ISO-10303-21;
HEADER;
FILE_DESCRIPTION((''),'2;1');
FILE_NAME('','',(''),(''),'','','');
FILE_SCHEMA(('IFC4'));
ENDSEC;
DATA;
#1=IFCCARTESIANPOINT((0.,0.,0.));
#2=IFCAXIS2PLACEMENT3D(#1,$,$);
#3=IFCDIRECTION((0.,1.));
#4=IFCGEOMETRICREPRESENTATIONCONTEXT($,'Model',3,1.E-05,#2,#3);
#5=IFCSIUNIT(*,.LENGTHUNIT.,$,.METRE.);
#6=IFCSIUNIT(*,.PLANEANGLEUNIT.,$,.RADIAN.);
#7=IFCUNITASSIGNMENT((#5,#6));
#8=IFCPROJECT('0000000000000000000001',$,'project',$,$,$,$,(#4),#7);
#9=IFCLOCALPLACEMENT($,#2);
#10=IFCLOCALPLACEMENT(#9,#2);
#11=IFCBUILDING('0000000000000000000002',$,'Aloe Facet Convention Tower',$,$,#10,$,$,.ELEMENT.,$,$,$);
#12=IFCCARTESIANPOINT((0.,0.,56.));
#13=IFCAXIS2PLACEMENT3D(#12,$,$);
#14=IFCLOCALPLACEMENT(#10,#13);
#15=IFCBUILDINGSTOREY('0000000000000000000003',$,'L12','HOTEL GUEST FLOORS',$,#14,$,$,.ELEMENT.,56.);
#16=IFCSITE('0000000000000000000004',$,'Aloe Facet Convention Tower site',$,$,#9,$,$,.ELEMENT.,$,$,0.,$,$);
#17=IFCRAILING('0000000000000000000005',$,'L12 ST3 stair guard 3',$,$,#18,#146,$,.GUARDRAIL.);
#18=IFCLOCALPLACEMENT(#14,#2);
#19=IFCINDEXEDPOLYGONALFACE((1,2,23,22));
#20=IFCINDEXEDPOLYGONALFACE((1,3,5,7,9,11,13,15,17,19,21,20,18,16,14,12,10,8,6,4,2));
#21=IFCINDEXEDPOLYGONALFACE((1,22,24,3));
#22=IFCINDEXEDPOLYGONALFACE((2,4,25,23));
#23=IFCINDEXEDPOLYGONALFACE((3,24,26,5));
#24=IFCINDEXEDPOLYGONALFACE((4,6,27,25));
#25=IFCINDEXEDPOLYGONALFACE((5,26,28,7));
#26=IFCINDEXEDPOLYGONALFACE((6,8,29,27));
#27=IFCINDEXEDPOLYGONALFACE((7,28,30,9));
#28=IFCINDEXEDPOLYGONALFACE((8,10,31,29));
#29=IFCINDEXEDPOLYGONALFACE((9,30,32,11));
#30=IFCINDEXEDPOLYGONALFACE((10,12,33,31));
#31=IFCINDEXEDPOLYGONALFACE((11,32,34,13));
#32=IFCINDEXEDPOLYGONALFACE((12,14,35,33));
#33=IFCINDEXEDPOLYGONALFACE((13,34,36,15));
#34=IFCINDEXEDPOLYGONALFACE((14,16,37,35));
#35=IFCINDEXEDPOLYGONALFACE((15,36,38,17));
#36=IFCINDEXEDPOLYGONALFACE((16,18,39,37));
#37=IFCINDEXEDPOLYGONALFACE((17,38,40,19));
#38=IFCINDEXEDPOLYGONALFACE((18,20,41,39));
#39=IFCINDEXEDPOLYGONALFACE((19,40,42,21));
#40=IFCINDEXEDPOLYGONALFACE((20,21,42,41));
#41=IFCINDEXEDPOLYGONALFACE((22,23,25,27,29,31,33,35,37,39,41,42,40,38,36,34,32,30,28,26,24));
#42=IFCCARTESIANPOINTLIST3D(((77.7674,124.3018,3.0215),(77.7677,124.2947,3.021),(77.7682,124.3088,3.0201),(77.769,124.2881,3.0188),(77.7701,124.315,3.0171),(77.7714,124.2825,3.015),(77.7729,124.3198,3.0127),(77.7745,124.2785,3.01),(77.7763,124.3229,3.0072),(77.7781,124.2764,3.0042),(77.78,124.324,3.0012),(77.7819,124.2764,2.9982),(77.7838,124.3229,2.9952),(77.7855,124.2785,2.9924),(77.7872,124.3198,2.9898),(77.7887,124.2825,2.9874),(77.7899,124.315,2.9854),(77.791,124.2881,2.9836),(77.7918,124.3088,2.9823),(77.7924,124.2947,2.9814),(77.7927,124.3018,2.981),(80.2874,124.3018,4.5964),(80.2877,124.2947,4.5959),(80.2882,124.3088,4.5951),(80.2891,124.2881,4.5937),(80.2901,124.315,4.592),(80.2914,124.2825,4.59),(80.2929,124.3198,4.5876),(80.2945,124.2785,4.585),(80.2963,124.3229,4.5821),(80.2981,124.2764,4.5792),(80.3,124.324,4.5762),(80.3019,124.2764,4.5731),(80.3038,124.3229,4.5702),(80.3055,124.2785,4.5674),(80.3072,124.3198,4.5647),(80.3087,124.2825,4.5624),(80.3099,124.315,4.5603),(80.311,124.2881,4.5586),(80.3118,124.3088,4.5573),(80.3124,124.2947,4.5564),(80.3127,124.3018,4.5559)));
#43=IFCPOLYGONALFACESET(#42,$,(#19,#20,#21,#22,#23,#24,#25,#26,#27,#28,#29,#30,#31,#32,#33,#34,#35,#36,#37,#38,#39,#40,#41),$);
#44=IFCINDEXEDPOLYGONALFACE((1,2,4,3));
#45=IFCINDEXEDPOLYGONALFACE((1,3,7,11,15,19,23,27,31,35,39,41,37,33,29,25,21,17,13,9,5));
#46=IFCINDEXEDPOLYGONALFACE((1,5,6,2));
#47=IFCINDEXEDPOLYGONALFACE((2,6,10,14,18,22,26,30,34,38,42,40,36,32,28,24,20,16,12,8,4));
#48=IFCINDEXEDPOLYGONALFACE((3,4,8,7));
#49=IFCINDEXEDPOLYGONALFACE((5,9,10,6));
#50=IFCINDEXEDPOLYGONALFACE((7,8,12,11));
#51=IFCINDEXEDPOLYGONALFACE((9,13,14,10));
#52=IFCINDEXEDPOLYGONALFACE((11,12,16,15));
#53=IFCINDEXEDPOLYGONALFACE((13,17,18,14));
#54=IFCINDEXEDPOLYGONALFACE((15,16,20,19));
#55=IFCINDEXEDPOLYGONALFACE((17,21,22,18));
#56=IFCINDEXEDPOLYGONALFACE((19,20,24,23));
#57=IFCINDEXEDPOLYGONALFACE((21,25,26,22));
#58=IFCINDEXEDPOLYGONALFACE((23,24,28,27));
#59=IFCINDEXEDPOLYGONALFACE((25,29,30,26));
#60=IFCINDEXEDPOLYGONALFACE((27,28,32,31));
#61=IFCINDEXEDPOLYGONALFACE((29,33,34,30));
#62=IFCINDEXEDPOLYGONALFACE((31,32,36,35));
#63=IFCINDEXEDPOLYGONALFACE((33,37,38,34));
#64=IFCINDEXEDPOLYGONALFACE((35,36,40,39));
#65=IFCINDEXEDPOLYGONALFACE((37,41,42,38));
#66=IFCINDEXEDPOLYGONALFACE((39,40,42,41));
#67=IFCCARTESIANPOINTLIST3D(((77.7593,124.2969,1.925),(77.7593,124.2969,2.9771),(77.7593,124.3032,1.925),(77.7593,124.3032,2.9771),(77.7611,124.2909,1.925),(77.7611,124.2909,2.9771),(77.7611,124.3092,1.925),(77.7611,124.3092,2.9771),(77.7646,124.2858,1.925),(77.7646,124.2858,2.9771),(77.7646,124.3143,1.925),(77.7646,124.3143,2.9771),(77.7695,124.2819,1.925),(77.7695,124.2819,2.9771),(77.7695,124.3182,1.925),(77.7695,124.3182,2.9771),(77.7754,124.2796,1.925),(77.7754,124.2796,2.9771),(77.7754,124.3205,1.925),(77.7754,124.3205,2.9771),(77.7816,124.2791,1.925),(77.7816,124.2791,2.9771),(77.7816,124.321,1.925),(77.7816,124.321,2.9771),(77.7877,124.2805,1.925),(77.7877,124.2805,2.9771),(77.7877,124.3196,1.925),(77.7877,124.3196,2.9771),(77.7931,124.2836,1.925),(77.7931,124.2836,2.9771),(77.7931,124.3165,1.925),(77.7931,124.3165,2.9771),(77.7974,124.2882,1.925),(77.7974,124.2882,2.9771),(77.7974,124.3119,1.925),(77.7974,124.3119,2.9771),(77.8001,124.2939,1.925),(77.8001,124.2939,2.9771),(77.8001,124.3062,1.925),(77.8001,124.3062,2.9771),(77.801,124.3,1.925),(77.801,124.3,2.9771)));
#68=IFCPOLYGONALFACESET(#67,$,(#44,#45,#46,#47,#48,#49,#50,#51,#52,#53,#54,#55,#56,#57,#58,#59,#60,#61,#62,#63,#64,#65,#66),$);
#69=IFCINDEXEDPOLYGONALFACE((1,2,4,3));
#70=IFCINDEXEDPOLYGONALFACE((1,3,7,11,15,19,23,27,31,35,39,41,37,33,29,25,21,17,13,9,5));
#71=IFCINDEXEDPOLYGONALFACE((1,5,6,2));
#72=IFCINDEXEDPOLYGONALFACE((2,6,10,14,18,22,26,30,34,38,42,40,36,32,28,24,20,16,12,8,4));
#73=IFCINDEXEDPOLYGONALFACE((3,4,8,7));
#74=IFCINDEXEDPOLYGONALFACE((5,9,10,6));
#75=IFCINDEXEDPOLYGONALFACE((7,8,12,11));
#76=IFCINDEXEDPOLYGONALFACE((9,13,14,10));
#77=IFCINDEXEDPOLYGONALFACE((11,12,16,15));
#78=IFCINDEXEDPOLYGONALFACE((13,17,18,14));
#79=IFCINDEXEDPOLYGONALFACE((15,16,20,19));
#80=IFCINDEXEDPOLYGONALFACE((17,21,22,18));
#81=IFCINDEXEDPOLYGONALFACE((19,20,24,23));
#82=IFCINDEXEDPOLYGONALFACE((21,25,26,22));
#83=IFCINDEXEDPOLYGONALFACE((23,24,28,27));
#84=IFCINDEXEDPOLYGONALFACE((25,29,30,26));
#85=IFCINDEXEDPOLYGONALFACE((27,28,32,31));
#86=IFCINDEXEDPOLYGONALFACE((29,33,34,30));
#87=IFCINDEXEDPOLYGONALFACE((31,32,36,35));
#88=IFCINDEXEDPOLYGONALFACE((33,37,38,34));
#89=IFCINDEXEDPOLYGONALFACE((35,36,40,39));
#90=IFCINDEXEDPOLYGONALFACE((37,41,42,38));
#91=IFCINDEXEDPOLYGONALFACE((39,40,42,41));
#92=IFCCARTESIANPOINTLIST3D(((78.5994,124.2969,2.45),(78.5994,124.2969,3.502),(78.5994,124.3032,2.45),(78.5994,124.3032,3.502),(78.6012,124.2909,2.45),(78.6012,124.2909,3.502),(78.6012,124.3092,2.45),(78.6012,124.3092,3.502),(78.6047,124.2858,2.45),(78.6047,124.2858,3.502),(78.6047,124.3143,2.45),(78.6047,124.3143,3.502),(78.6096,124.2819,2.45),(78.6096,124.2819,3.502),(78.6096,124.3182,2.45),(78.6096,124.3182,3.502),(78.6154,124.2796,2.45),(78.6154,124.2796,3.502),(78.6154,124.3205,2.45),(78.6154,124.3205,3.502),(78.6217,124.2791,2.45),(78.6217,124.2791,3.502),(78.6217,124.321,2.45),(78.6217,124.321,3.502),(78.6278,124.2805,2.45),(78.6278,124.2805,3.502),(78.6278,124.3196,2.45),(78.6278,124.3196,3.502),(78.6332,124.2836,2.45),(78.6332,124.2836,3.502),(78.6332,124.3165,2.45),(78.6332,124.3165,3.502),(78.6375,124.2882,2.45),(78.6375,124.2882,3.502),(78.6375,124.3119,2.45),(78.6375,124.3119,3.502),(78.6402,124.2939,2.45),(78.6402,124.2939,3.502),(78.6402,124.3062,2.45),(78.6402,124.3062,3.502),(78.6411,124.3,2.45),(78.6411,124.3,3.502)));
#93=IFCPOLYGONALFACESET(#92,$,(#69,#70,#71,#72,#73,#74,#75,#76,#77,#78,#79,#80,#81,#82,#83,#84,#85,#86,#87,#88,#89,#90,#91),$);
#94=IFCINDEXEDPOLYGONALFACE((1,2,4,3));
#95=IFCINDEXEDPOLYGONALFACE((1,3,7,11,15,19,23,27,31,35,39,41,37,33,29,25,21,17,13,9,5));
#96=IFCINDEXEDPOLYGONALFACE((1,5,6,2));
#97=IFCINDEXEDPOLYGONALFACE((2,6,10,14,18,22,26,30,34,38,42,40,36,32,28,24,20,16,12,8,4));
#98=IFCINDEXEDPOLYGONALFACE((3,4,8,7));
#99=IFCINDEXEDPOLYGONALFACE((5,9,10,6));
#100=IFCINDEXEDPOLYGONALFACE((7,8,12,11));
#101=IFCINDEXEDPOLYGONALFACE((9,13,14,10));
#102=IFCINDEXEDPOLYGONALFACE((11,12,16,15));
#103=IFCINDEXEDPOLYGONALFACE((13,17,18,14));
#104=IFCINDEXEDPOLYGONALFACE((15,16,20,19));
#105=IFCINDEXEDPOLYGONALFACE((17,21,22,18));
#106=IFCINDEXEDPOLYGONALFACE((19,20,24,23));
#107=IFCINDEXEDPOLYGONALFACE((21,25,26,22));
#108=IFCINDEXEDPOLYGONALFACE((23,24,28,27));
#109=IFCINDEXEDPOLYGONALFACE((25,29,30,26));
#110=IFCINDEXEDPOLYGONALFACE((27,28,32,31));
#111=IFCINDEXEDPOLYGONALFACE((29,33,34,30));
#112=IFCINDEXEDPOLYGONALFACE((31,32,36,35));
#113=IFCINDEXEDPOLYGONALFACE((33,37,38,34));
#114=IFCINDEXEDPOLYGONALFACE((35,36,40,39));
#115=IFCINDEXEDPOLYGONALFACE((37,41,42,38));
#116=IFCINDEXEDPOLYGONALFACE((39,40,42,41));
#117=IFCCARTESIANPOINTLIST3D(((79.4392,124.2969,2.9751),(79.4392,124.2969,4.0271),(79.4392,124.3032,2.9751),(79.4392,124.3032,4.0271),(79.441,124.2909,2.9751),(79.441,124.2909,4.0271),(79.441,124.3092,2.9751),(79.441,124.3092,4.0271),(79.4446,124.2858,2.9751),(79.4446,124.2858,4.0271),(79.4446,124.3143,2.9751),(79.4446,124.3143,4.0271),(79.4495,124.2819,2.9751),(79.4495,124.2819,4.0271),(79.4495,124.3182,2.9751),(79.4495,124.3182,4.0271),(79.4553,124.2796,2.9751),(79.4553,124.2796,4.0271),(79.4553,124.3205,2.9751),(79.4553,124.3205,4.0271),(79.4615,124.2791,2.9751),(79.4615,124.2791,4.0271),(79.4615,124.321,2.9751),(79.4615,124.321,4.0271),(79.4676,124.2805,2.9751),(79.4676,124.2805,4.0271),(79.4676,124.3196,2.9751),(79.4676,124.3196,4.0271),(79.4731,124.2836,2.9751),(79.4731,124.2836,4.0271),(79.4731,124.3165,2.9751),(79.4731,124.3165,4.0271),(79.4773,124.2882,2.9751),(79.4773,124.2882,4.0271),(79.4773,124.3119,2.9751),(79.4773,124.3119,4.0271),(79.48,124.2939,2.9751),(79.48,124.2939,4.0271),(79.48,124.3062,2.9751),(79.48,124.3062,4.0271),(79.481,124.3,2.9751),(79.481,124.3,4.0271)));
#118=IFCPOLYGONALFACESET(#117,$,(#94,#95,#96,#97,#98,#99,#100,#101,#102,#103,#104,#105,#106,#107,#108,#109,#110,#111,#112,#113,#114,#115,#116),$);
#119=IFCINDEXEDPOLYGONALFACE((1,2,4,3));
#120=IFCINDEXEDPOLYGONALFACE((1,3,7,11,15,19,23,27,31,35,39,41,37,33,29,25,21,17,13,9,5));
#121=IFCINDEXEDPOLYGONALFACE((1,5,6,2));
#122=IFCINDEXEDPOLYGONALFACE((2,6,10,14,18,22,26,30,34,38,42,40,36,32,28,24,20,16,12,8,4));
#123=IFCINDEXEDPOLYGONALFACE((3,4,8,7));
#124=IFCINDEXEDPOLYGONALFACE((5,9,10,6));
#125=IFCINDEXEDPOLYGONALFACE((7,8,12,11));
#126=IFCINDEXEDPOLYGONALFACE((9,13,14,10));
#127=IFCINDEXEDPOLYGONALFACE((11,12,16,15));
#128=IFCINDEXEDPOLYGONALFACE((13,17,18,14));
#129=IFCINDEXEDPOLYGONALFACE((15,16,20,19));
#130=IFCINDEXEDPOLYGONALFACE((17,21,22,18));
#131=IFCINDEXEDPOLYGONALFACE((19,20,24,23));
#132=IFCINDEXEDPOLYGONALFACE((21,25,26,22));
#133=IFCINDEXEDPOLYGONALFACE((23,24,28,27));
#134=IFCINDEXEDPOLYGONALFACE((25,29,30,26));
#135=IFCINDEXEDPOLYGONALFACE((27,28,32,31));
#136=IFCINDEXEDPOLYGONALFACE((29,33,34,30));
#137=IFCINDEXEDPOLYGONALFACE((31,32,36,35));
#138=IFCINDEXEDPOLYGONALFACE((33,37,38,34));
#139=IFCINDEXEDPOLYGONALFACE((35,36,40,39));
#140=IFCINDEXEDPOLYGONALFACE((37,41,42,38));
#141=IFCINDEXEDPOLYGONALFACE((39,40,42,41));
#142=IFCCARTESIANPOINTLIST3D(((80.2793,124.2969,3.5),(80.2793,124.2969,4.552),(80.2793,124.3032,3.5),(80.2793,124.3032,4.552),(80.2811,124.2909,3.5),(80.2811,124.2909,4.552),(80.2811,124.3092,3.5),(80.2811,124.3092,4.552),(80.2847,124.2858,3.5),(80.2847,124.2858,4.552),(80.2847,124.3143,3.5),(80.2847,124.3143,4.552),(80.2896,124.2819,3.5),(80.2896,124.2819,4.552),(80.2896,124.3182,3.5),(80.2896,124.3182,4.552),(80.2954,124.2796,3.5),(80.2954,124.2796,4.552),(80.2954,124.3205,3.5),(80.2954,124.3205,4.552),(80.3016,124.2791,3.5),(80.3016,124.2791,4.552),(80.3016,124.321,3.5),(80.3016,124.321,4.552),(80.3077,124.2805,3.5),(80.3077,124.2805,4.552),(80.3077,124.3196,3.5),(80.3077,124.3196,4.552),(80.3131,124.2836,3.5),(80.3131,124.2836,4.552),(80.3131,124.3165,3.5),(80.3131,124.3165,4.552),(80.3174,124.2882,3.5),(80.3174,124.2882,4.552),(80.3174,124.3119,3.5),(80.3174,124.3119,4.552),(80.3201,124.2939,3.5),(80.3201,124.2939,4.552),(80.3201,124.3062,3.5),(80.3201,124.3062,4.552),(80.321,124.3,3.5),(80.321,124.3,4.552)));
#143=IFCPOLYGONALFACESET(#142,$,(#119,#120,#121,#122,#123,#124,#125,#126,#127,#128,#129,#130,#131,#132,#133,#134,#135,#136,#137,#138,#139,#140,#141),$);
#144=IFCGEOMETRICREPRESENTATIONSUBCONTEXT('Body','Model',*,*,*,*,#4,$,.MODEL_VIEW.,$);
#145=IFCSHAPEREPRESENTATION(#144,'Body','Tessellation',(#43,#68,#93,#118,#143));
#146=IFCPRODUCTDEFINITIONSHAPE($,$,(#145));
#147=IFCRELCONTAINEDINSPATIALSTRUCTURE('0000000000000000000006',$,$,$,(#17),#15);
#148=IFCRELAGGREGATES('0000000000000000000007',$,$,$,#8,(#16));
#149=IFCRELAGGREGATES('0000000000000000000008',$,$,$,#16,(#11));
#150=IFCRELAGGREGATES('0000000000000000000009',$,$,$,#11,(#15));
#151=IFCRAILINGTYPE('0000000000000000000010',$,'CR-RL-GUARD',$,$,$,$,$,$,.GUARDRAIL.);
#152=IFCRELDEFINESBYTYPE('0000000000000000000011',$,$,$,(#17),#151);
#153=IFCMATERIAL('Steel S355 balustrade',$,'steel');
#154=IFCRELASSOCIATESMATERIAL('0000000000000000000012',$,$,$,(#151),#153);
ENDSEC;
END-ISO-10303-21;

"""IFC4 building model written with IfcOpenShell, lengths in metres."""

from ifc_helpers import new_model, si_unit, direction, frame, origin, origin_2d, place, context, subcontext, project, spatial, circle, extrude, material, type_object, element, save


model = new_model("IFC4")

# Units and contexts
model_context = context("Model", 3, precision=1e-05, world=origin(), true_north=direction((0.0, 1.0)))
body_context = subcontext(model_context, "Body", "Model", "MODEL_VIEW")
ifc_project = project(units=[si_unit("LENGTHUNIT", "METRE"), si_unit("PLANEANGLEUNIT", "RADIAN")], contexts=[model_context])

# Site, building, storey
site_placement = place(None, origin())
site = spatial("IfcSite", under=ifc_project, at=site_placement, Name="Aloe Facet Convention Tower site", CompositionType="ELEMENT", RefElevation=0.0)
building_placement = place(site_placement, origin())
building = spatial("IfcBuilding", under=site, at=building_placement, Name="Aloe Facet Convention Tower", CompositionType="ELEMENT")
storey_placement = place(building_placement, frame((0.0, 0.0, 56.0)))
storey = spatial("IfcBuildingStorey", under=building, at=storey_placement, Name="L12", Description="HOTEL GUEST FLOORS", CompositionType="ELEMENT", Elevation=56.0)

# Railing
ifc_material_1 = material(Name="Steel S355 balustrade", Category="steel")
railing_type_1 = type_object("IfcRailingType", Name="CR-RL-GUARD", PredefinedType="GUARDRAIL", material=ifc_material_1)
railing_1_placement = place(storey_placement, frame((77.78, 124.3, 1.925)))
element("IfcRailing", 1, at=railing_1_placement, inside=storey, type_object=railing_type_1, Name="L12 ST3 stair guard 3", PredefinedType="GUARDRAIL", context=body_context, shape_type="SweptSolid", body=[
    extrude(circle(Radius=0.0239, at=origin_2d()), frame((0.0, 0.0, 1.0762), z_axis=(0.848008, 0.0, 0.529984), x_axis=(0.0, 1.0, 0.0)), (0.0, 0.0, 1.0), 2.9717),
    extrude(circle(Radius=0.021, at=origin_2d()), origin(), (0.0, 0.0, 1.0), 1.052),
    extrude(circle(Radius=0.021, at=origin_2d()), frame((0.8401, 0.0, 0.5249)), (0.0, 0.0, 1.0), 1.052),
    extrude(circle(Radius=0.021, at=origin_2d()), frame((1.6799, 0.0, 1.05)), (0.0, 0.0, 1.0), 1.052),
    extrude(circle(Radius=0.021, at=origin_2d()), frame((2.52, 0.0, 1.575)), (0.0, 0.0, 1.0), 1.052),
])

save(model, "model.ifc")
